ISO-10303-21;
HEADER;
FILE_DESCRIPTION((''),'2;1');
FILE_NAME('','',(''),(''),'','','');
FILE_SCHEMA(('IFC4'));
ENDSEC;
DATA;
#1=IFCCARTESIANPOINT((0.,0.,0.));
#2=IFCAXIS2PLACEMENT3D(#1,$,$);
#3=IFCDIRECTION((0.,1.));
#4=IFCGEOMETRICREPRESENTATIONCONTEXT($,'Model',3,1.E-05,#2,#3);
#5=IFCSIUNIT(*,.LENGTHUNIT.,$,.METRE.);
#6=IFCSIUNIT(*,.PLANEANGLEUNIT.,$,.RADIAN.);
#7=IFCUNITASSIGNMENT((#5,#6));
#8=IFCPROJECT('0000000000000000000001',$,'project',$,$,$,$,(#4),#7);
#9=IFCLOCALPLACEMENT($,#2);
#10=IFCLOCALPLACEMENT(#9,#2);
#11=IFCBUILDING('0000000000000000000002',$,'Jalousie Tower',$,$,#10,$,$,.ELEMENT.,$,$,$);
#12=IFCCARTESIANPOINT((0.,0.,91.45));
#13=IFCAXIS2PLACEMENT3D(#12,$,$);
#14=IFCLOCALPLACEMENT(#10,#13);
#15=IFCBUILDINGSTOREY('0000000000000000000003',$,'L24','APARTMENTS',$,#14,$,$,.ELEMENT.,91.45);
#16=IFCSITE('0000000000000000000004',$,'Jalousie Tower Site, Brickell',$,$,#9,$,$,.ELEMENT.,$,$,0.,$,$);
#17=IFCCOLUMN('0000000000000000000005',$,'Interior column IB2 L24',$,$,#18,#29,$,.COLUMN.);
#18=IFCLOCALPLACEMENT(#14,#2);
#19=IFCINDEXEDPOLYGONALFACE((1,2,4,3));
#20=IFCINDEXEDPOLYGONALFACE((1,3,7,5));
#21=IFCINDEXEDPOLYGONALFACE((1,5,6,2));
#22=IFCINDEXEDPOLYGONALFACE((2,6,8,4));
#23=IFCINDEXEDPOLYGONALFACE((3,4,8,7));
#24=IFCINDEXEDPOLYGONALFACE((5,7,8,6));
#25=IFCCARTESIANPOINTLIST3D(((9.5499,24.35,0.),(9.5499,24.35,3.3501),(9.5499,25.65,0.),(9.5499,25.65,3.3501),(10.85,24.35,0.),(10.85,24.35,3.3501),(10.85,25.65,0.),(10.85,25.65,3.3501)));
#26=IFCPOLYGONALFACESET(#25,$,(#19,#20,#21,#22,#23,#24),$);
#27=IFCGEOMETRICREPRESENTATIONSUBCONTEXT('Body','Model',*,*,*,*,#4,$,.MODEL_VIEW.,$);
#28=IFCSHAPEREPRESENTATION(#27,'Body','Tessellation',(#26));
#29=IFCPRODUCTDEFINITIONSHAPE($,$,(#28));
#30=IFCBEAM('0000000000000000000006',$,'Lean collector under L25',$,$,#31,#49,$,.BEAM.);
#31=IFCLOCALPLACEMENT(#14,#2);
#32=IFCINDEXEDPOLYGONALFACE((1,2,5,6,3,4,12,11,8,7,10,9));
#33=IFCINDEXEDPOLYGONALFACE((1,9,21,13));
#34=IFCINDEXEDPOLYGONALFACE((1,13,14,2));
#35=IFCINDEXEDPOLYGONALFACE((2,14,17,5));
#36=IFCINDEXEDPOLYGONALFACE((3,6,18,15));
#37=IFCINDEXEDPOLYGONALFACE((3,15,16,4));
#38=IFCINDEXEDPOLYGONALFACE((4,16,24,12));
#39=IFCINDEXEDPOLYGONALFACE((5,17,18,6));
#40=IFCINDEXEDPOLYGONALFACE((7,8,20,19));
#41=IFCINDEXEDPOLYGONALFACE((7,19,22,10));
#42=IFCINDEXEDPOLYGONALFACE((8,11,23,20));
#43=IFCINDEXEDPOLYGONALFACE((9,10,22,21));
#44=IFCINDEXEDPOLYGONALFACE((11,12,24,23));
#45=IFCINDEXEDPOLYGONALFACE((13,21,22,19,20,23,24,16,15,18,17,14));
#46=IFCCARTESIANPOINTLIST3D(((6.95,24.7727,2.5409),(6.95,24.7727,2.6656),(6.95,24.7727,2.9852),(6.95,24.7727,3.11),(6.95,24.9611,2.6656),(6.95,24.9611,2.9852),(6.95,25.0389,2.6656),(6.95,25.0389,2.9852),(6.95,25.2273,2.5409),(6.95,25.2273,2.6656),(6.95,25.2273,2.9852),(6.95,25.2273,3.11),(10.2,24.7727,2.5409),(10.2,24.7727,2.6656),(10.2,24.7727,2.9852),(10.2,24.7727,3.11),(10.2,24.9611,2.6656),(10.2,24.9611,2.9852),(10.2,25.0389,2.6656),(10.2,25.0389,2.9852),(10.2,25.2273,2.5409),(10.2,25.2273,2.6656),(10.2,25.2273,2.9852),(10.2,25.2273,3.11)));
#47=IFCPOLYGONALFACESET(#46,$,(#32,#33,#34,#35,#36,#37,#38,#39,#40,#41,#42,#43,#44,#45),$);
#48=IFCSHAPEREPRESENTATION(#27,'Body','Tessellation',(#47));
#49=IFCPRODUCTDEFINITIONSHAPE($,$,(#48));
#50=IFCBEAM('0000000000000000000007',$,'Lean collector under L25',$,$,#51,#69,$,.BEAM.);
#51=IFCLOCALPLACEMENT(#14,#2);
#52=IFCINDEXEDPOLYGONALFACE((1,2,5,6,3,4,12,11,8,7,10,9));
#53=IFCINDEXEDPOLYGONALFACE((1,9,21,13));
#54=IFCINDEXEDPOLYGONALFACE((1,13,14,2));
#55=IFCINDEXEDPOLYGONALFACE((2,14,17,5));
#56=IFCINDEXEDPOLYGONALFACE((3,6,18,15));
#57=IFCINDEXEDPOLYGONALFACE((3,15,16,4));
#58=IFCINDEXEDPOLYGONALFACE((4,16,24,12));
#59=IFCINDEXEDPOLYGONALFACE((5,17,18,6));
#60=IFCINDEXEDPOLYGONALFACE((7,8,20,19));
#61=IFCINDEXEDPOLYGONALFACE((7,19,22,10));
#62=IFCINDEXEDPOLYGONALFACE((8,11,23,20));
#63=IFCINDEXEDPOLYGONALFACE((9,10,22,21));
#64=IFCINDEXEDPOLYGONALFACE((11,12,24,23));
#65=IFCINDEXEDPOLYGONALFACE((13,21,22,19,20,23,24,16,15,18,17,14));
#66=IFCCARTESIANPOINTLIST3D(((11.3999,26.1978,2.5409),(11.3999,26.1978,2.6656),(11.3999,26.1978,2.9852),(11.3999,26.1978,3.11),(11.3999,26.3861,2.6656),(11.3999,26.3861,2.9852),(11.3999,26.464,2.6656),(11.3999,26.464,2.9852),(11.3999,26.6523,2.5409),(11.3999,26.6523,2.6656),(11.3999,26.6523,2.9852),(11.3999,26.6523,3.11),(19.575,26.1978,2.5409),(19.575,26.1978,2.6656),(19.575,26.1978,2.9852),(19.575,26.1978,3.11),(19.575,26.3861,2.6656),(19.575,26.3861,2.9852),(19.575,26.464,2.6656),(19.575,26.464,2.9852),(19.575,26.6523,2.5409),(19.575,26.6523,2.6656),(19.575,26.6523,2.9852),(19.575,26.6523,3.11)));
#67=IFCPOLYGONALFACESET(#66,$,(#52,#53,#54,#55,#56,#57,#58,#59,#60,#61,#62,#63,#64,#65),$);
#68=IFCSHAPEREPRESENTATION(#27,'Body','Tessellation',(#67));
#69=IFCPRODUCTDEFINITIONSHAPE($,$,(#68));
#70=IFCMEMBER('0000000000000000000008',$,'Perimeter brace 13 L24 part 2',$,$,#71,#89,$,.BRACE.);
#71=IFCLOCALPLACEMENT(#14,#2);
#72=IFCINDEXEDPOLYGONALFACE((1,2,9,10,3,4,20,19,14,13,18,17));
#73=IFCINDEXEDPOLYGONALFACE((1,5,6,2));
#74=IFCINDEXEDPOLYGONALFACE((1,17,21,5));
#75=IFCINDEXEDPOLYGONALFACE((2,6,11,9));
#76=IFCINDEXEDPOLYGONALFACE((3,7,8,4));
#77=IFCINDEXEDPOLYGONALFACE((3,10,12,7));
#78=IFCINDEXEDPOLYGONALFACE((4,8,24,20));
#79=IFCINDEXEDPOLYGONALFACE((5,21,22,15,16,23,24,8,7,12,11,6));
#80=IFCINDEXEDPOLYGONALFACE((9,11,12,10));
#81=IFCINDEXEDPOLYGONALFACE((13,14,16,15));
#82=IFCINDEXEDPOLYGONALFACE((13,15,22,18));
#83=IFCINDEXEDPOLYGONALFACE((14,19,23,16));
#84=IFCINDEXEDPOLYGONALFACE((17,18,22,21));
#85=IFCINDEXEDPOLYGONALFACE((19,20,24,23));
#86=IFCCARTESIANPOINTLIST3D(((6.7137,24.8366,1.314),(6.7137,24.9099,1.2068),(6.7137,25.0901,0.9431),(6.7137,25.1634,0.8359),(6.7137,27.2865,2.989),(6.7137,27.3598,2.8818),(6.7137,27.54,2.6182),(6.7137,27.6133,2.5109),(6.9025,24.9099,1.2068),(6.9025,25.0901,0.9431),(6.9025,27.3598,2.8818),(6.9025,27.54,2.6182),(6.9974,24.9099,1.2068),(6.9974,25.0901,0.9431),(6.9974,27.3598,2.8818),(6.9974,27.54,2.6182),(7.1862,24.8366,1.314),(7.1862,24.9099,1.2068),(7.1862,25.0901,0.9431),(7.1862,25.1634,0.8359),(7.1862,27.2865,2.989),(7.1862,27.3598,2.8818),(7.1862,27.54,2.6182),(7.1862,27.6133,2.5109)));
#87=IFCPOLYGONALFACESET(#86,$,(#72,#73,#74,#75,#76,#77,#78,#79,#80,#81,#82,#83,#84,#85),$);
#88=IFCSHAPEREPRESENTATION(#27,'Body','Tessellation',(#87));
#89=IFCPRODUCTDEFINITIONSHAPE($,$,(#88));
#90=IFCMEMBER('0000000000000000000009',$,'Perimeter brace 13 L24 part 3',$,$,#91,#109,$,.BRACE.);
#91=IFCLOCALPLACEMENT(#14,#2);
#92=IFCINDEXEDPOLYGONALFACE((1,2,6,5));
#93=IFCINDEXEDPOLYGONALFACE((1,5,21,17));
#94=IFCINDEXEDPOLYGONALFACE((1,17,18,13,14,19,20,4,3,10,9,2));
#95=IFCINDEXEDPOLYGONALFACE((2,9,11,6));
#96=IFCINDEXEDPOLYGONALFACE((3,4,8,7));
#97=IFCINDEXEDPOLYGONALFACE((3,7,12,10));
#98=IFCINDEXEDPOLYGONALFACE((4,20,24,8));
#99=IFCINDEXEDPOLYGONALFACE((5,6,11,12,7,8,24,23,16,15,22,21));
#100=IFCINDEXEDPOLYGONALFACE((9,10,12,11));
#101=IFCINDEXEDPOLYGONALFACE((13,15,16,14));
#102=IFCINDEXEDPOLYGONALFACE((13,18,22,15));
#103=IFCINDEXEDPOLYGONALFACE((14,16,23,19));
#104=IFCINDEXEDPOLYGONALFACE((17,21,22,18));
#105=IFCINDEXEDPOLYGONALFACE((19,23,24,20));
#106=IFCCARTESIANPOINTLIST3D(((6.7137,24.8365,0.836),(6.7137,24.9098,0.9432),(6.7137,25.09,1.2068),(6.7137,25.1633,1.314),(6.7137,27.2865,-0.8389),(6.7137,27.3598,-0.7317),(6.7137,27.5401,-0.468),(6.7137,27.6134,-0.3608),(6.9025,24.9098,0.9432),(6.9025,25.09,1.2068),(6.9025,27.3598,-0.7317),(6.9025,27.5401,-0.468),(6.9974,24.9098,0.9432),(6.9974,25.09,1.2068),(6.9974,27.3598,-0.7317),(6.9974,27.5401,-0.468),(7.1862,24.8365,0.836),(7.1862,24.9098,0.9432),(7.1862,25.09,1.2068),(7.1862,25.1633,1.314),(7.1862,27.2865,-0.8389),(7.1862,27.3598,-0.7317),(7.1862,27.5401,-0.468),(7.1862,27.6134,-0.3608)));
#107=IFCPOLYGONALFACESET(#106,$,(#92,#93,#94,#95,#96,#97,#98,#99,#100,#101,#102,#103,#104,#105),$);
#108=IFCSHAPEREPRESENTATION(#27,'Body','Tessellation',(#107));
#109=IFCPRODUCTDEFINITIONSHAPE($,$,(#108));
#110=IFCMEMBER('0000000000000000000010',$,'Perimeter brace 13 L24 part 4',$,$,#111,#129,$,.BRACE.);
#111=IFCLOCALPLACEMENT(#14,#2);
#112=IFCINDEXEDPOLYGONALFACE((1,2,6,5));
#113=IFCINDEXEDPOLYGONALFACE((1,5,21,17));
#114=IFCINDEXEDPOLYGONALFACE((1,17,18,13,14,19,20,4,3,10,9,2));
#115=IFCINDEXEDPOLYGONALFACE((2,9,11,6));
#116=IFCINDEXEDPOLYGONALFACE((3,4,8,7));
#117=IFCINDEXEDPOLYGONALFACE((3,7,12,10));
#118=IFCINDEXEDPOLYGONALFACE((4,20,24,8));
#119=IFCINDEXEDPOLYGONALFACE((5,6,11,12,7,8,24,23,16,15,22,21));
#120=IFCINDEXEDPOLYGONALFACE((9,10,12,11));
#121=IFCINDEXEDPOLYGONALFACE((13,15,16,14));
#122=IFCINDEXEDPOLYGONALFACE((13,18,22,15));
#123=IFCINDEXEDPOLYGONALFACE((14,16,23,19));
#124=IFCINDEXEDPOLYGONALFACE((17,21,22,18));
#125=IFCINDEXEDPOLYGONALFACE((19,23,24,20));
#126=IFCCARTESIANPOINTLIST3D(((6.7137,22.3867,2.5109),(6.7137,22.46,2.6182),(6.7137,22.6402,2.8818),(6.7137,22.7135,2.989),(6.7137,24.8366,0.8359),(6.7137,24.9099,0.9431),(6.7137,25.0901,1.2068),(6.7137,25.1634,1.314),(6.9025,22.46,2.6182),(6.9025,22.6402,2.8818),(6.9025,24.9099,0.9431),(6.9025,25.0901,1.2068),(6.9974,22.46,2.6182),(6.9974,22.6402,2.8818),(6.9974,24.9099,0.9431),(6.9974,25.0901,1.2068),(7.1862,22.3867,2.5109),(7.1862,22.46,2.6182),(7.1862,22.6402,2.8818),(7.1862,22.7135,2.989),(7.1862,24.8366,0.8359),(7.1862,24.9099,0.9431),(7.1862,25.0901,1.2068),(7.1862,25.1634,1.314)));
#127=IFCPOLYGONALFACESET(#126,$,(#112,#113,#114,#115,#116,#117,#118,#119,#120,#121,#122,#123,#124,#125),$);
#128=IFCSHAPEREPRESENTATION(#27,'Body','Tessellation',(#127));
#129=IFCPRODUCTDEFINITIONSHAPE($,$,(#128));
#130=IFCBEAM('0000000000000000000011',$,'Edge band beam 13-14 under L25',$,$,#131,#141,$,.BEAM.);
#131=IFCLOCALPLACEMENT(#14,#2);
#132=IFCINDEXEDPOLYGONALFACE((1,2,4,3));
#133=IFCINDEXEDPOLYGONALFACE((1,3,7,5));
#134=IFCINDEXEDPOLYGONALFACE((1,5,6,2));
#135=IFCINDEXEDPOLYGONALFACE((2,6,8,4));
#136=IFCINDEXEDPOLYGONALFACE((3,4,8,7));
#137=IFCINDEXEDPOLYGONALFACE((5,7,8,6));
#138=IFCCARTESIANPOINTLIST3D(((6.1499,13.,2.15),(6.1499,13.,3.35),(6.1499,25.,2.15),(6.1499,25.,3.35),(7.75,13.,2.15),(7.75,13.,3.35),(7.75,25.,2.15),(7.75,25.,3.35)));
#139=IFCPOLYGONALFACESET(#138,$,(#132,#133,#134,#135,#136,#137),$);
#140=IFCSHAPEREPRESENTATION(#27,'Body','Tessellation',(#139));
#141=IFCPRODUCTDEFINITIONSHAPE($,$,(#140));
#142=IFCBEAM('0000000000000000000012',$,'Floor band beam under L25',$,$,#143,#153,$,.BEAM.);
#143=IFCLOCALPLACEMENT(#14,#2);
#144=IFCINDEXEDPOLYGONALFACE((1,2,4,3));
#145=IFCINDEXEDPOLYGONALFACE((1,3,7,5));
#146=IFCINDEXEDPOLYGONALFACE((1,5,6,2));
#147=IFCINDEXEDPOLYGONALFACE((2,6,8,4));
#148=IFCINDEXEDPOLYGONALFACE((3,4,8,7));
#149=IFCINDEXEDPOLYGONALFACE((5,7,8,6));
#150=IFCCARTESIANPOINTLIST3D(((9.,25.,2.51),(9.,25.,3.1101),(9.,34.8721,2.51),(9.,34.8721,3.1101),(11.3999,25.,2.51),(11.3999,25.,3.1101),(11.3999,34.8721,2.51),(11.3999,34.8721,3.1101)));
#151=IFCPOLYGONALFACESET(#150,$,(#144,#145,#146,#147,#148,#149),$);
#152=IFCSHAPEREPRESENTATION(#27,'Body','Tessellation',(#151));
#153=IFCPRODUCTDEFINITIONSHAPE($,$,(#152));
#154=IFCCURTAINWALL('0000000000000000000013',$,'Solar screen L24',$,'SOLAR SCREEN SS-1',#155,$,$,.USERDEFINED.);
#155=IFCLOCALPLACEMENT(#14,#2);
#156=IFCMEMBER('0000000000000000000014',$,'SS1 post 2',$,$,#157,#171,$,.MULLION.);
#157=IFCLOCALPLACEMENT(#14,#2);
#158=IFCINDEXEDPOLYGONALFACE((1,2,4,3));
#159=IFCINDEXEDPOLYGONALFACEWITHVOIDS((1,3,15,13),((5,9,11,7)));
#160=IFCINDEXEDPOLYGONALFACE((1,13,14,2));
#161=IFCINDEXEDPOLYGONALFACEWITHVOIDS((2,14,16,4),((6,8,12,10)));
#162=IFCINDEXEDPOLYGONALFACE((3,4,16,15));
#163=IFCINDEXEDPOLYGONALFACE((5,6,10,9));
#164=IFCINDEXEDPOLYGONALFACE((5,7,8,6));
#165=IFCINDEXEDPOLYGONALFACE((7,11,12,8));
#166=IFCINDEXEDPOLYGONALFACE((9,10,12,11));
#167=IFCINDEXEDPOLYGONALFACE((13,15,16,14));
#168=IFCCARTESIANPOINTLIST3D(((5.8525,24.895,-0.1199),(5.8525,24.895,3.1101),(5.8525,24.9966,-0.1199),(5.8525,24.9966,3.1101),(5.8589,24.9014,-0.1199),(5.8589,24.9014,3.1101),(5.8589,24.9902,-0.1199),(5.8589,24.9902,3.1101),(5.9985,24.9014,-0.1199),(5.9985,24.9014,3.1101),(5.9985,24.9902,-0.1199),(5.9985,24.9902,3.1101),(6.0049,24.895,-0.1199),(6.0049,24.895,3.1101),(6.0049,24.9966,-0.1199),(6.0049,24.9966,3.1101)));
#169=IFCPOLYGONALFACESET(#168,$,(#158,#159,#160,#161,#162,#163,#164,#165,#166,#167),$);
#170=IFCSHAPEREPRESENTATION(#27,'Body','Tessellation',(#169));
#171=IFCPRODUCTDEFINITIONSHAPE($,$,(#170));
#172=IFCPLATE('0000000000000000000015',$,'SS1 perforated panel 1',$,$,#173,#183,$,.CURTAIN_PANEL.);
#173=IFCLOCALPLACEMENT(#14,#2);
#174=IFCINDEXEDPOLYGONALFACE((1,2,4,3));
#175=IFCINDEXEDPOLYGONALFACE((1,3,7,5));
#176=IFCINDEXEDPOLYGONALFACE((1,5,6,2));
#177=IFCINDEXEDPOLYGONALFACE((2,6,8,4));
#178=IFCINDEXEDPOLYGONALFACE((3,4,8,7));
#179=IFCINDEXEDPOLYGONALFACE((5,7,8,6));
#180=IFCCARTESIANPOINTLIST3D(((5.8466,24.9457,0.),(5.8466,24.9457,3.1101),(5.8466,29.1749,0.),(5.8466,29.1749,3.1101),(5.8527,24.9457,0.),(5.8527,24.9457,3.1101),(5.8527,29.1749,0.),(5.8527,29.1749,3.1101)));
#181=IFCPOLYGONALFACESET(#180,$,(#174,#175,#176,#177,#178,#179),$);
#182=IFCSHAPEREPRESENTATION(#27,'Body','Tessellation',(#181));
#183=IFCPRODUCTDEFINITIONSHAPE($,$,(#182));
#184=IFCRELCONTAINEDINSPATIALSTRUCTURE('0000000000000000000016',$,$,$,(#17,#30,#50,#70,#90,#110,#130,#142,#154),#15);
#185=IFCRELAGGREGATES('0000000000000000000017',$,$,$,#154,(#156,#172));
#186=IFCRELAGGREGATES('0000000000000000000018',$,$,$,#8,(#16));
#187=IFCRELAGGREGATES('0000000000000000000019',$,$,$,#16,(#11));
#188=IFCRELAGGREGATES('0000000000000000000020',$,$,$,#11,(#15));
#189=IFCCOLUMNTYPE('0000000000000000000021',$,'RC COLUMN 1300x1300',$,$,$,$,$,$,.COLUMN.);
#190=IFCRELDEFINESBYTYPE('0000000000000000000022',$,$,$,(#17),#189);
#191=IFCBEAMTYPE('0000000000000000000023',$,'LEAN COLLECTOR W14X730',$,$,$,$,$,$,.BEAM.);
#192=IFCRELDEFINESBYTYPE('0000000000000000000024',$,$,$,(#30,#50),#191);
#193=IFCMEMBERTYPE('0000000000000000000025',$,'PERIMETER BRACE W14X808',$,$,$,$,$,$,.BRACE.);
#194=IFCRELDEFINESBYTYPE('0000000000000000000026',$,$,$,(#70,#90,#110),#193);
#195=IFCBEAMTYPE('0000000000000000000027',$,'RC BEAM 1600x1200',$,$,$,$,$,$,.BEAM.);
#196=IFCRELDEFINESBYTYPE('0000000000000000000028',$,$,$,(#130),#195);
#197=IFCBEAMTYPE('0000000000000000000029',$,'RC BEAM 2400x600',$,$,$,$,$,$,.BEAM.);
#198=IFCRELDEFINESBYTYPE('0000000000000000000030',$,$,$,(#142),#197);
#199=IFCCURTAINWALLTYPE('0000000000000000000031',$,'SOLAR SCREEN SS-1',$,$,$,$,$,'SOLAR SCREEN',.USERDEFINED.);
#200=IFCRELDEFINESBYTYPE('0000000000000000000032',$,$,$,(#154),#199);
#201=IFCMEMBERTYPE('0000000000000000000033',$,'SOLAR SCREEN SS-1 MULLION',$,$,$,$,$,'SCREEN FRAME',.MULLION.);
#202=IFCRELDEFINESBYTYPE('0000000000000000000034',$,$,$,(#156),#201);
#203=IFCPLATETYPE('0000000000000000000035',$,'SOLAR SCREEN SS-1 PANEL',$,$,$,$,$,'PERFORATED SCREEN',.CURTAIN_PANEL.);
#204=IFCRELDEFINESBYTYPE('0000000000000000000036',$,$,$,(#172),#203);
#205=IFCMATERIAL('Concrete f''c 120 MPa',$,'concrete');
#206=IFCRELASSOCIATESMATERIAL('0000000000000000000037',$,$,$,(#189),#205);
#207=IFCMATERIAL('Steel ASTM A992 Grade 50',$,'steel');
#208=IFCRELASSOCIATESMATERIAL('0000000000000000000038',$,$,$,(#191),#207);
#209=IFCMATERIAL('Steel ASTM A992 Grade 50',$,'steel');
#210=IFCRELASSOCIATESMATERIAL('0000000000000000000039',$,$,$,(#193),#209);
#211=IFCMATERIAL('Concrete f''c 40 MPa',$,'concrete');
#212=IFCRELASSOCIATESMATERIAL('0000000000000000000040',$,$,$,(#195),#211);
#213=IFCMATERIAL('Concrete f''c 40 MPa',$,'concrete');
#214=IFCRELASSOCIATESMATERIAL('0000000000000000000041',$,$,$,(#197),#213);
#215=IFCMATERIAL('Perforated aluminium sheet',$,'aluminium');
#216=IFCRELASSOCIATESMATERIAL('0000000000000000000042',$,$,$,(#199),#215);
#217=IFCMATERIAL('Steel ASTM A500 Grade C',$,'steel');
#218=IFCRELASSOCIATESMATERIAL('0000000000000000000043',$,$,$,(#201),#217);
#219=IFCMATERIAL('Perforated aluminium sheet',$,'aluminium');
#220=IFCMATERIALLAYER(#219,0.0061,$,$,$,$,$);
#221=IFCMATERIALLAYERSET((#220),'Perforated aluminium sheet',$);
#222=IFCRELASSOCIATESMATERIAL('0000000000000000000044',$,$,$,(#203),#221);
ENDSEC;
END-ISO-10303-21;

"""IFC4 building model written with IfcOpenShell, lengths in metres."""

from ifc_helpers import new_model, si_unit, direction, frame, origin, origin_2d, place, context, subcontext, project, spatial, rectangle, hollow_rectangle, i_section, extrude, material, layer, layer_set, material_profile, profile_set, type_object, element, aggregate, save


model = new_model("IFC4")

# Units and contexts
model_context = context("Model", 3, precision=1e-05, world=origin(), true_north=direction((0.0, 1.0)))
body_context = subcontext(model_context, "Body", "Model", "MODEL_VIEW")
ifc_project = project(units=[si_unit("LENGTHUNIT", "METRE"), si_unit("PLANEANGLEUNIT", "RADIAN")], contexts=[model_context])

# Site, building, storey
site_placement = place(None, origin())
site = spatial("IfcSite", under=ifc_project, at=site_placement, Name="Jalousie Tower Site, Brickell", CompositionType="ELEMENT", RefElevation=0.0)
building_placement = place(site_placement, origin())
building = spatial("IfcBuilding", under=site, at=building_placement, Name="Jalousie Tower", CompositionType="ELEMENT")
storey_placement = place(building_placement, frame((0.0, 0.0, 91.45)))
storey = spatial("IfcBuildingStorey", under=building, at=storey_placement, Name="L24", Description="APARTMENTS", CompositionType="ELEMENT", Elevation=91.45)

# Column
ifc_material_1 = material(Name="Concrete f'c 120 MPa", Category="concrete")
ifc_material_profile_1 = material_profile(ifc_material_1, rectangle(XDim=1.3, YDim=1.3, at=origin_2d()), Name="RC 1300x1300")
ifc_profile_set_1 = profile_set([ifc_material_profile_1], Name="Concrete f'c 120 MPa")
column_type = type_object("IfcColumnType", Name="RC COLUMN 1300x1300", PredefinedType="COLUMN", material=ifc_profile_set_1)
column_placement = place(storey_placement, frame((10.2, 25.0, 0.0), z_axis=(0.0, 0.0, 1.0), x_axis=(1.0, 0.0, 0.0)))
element("IfcColumn", 1, at=column_placement, inside=storey, type_object=column_type, Name="Interior column IB2 L24", PredefinedType="COLUMN", context=body_context, shape_type="SweptSolid", body=[
    extrude(rectangle(XDim=1.3, YDim=1.3, at=origin_2d()), origin(), (0.0, 0.0, 1.0), 3.3501),
])

# Beams
ifc_material_2 = material(Name="Steel ASTM A992 Grade 50", Category="steel")
ifc_material_profile_2 = material_profile(ifc_material_2, i_section(OverallWidth=0.4546, OverallDepth=0.5691, WebThickness=0.0779, FlangeThickness=0.1248, at=origin_2d()), Name="W14X730")
ifc_profile_set_2 = profile_set([ifc_material_profile_2], Name="Steel ASTM A992 Grade 50")
beam_type_1 = type_object("IfcBeamType", Name="LEAN COLLECTOR W14X730", PredefinedType="BEAM", material=ifc_profile_set_2)
beam_1_placement = place(storey_placement, frame((6.95, 25.0, 2.8254), z_axis=(1.0, 0.0, 0.0), x_axis=(0.0, 1.0, 0.0)))
element("IfcBeam", 2, at=beam_1_placement, inside=storey, type_object=beam_type_1, Name="Lean collector under L25", PredefinedType="BEAM", context=body_context, shape_type="SweptSolid", body=[
    extrude(i_section(OverallWidth=0.4546, OverallDepth=0.5691, WebThickness=0.0779, FlangeThickness=0.1248, at=origin_2d()), origin(), (0.0, 0.0, 1.0), 3.25),
])
beam_2_placement = place(storey_placement, frame((11.3999, 26.425, 2.8254), z_axis=(1.0, 0.0, 0.0), x_axis=(0.0, 1.0, 0.0)))
element("IfcBeam", 3, at=beam_2_placement, inside=storey, type_object=beam_type_1, Name="Lean collector under L25", PredefinedType="BEAM", context=body_context, shape_type="SweptSolid", body=[
    extrude(i_section(OverallWidth=0.4546, OverallDepth=0.5691, WebThickness=0.0779, FlangeThickness=0.1248, at=origin_2d()), origin(), (0.0, 0.0, 1.0), 8.175),
])

# Members
ifc_material_3 = material(Name="Steel ASTM A992 Grade 50", Category="steel")
ifc_material_profile_3 = material_profile(ifc_material_3, i_section(OverallWidth=0.4724, OverallDepth=0.5791, WebThickness=0.095, FlangeThickness=0.1299, at=origin_2d()), Name="W14X808")
ifc_profile_set_3 = profile_set([ifc_material_profile_3], Name="Steel ASTM A992 Grade 50")
member_type_1 = type_object("IfcMemberType", Name="PERIMETER BRACE W14X808", PredefinedType="BRACE", material=ifc_profile_set_3)
for number, where, z_axis, x_axis, name in (
    (4, (6.95, 25.0, 1.075), (0.0, 0.825501, 0.564401), (-1.0, 0.0, 0.0), "Perimeter brace 13 L24 part 2"),
    (5, (6.95, 27.45, -0.5999), (0.0, -0.825539, 0.564345), (1.0, 0.0, 0.0), "Perimeter brace 13 L24 part 3"),
    (6, (6.95, 25.0, 1.075), (0.0, -0.825501, 0.564401), (1.0, 0.0, 0.0), "Perimeter brace 13 L24 part 4"),
):
    element("IfcMember", number, at=place(storey_placement, frame(where, z_axis=z_axis, x_axis=x_axis)), inside=storey, type_object=member_type_1, Name=name, PredefinedType="BRACE", context=body_context, shape_type="SweptSolid", body=[
        extrude(i_section(OverallWidth=0.4724, OverallDepth=0.5791, WebThickness=0.095, FlangeThickness=0.1299, at=origin_2d()), origin(), (0.0, 0.0, 1.0), 2.9678),
    ])

# Beams
ifc_material_4 = material(Name="Concrete f'c 40 MPa", Category="concrete")
ifc_material_profile_4 = material_profile(ifc_material_4, rectangle(XDim=1.6001, YDim=1.2, at=origin_2d()), Name="RC 1600x1200")
ifc_profile_set_4 = profile_set([ifc_material_profile_4], Name="Concrete f'c 40 MPa")
beam_type_2 = type_object("IfcBeamType", Name="RC BEAM 1600x1200", PredefinedType="BEAM", material=ifc_profile_set_4)
beam_3_placement = place(storey_placement, frame((6.95, 25.0, 2.75), z_axis=(0.0, -1.0, 0.0), x_axis=(1.0, 0.0, 0.0)))
element("IfcBeam", 7, at=beam_3_placement, inside=storey, type_object=beam_type_2, Name="Edge band beam 13-14 under L25", PredefinedType="BEAM", context=body_context, shape_type="SweptSolid", body=[
    extrude(rectangle(XDim=1.6001, YDim=1.2, at=origin_2d()), origin(), (0.0, 0.0, 1.0), 12.0),
])
ifc_material_5 = material(Name="Concrete f'c 40 MPa", Category="concrete")
ifc_material_profile_5 = material_profile(ifc_material_5, rectangle(XDim=2.3999, YDim=0.6001, at=origin_2d()), Name="RC 2400x600")
ifc_profile_set_5 = profile_set([ifc_material_profile_5], Name="Concrete f'c 40 MPa")
beam_type_3 = type_object("IfcBeamType", Name="RC BEAM 2400x600", PredefinedType="BEAM", material=ifc_profile_set_5)
beam_4_placement = place(storey_placement, frame((10.2, 25.0, 2.8101), z_axis=(0.0, 1.0, 0.0), x_axis=(-1.0, 0.0, 0.0)))
element("IfcBeam", 8, at=beam_4_placement, inside=storey, type_object=beam_type_3, Name="Floor band beam under L25", PredefinedType="BEAM", context=body_context, shape_type="SweptSolid", body=[
    extrude(rectangle(XDim=2.3999, YDim=0.6001, at=origin_2d()), origin(), (0.0, 0.0, 1.0), 9.8721),
])

# Curtain wall, member, plate
ifc_material_6 = material(Name="Perforated aluminium sheet", Category="aluminium")
curtain_wall_type = type_object("IfcCurtainWallType", Name="SOLAR SCREEN SS-1", ElementType="SOLAR SCREEN", PredefinedType="USERDEFINED", material=ifc_material_6)
curtain_wall_placement = place(storey_placement, origin())
curtain_wall = element("IfcCurtainWall", 9, at=curtain_wall_placement, inside=storey, type_object=curtain_wall_type, Name="Solar screen L24", ObjectType="SOLAR SCREEN SS-1", PredefinedType="USERDEFINED")
ifc_material_7 = material(Name="Steel ASTM A500 Grade C", Category="steel")
ifc_material_profile_6 = material_profile(ifc_material_7, hollow_rectangle(XDim=0.1016, YDim=0.1523, WallThickness=0.0063, at=origin_2d()), Name="HSS6X4X1/4")
ifc_profile_set_6 = profile_set([ifc_material_profile_6], Name="Steel ASTM A500 Grade C")
member_type_2 = type_object("IfcMemberType", Name="SOLAR SCREEN SS-1 MULLION", ElementType="SCREEN FRAME", PredefinedType="MULLION", material=ifc_profile_set_6)
member_placement = place(storey_placement, frame((5.9287, 24.9458, -0.1199), z_axis=(0.0, 0.0, 1.0), x_axis=(0.0, -1.0, 0.0)))
member = element("IfcMember", 10, at=member_placement, type_object=member_type_2, Name="SS1 post 2", PredefinedType="MULLION", context=body_context, shape_type="SweptSolid", body=[
    extrude(hollow_rectangle(XDim=0.1016, YDim=0.1523, WallThickness=0.0063, at=origin_2d()), origin(), (0.0, 0.0, 1.0), 3.23),
])
ifc_material_8 = material(Name="Perforated aluminium sheet", Category="aluminium")
ifc_layer = layer(ifc_material_8, 0.0061)
ifc_layer_set = layer_set([ifc_layer], Name="Perforated aluminium sheet")
plate_type = type_object("IfcPlateType", Name="SOLAR SCREEN SS-1 PANEL", ElementType="PERFORATED SCREEN", PredefinedType="CURTAIN_PANEL", material=ifc_layer_set)
plate_placement = place(storey_placement, frame((5.8496, 27.0603, 0.0), z_axis=(0.0, 0.0, 1.0), x_axis=(0.0, -1.0, 0.0)))
plate = element("IfcPlate", 11, at=plate_placement, type_object=plate_type, Name="SS1 perforated panel 1", PredefinedType="CURTAIN_PANEL", context=body_context, shape_type="SweptSolid", body=[
    extrude(rectangle(XDim=4.2292, YDim=0.0061, at=origin_2d()), origin(), (0.0, 0.0, 1.0), 3.1101),
])
aggregate(curtain_wall, [member, plate])

save(model, "model.ifc")
